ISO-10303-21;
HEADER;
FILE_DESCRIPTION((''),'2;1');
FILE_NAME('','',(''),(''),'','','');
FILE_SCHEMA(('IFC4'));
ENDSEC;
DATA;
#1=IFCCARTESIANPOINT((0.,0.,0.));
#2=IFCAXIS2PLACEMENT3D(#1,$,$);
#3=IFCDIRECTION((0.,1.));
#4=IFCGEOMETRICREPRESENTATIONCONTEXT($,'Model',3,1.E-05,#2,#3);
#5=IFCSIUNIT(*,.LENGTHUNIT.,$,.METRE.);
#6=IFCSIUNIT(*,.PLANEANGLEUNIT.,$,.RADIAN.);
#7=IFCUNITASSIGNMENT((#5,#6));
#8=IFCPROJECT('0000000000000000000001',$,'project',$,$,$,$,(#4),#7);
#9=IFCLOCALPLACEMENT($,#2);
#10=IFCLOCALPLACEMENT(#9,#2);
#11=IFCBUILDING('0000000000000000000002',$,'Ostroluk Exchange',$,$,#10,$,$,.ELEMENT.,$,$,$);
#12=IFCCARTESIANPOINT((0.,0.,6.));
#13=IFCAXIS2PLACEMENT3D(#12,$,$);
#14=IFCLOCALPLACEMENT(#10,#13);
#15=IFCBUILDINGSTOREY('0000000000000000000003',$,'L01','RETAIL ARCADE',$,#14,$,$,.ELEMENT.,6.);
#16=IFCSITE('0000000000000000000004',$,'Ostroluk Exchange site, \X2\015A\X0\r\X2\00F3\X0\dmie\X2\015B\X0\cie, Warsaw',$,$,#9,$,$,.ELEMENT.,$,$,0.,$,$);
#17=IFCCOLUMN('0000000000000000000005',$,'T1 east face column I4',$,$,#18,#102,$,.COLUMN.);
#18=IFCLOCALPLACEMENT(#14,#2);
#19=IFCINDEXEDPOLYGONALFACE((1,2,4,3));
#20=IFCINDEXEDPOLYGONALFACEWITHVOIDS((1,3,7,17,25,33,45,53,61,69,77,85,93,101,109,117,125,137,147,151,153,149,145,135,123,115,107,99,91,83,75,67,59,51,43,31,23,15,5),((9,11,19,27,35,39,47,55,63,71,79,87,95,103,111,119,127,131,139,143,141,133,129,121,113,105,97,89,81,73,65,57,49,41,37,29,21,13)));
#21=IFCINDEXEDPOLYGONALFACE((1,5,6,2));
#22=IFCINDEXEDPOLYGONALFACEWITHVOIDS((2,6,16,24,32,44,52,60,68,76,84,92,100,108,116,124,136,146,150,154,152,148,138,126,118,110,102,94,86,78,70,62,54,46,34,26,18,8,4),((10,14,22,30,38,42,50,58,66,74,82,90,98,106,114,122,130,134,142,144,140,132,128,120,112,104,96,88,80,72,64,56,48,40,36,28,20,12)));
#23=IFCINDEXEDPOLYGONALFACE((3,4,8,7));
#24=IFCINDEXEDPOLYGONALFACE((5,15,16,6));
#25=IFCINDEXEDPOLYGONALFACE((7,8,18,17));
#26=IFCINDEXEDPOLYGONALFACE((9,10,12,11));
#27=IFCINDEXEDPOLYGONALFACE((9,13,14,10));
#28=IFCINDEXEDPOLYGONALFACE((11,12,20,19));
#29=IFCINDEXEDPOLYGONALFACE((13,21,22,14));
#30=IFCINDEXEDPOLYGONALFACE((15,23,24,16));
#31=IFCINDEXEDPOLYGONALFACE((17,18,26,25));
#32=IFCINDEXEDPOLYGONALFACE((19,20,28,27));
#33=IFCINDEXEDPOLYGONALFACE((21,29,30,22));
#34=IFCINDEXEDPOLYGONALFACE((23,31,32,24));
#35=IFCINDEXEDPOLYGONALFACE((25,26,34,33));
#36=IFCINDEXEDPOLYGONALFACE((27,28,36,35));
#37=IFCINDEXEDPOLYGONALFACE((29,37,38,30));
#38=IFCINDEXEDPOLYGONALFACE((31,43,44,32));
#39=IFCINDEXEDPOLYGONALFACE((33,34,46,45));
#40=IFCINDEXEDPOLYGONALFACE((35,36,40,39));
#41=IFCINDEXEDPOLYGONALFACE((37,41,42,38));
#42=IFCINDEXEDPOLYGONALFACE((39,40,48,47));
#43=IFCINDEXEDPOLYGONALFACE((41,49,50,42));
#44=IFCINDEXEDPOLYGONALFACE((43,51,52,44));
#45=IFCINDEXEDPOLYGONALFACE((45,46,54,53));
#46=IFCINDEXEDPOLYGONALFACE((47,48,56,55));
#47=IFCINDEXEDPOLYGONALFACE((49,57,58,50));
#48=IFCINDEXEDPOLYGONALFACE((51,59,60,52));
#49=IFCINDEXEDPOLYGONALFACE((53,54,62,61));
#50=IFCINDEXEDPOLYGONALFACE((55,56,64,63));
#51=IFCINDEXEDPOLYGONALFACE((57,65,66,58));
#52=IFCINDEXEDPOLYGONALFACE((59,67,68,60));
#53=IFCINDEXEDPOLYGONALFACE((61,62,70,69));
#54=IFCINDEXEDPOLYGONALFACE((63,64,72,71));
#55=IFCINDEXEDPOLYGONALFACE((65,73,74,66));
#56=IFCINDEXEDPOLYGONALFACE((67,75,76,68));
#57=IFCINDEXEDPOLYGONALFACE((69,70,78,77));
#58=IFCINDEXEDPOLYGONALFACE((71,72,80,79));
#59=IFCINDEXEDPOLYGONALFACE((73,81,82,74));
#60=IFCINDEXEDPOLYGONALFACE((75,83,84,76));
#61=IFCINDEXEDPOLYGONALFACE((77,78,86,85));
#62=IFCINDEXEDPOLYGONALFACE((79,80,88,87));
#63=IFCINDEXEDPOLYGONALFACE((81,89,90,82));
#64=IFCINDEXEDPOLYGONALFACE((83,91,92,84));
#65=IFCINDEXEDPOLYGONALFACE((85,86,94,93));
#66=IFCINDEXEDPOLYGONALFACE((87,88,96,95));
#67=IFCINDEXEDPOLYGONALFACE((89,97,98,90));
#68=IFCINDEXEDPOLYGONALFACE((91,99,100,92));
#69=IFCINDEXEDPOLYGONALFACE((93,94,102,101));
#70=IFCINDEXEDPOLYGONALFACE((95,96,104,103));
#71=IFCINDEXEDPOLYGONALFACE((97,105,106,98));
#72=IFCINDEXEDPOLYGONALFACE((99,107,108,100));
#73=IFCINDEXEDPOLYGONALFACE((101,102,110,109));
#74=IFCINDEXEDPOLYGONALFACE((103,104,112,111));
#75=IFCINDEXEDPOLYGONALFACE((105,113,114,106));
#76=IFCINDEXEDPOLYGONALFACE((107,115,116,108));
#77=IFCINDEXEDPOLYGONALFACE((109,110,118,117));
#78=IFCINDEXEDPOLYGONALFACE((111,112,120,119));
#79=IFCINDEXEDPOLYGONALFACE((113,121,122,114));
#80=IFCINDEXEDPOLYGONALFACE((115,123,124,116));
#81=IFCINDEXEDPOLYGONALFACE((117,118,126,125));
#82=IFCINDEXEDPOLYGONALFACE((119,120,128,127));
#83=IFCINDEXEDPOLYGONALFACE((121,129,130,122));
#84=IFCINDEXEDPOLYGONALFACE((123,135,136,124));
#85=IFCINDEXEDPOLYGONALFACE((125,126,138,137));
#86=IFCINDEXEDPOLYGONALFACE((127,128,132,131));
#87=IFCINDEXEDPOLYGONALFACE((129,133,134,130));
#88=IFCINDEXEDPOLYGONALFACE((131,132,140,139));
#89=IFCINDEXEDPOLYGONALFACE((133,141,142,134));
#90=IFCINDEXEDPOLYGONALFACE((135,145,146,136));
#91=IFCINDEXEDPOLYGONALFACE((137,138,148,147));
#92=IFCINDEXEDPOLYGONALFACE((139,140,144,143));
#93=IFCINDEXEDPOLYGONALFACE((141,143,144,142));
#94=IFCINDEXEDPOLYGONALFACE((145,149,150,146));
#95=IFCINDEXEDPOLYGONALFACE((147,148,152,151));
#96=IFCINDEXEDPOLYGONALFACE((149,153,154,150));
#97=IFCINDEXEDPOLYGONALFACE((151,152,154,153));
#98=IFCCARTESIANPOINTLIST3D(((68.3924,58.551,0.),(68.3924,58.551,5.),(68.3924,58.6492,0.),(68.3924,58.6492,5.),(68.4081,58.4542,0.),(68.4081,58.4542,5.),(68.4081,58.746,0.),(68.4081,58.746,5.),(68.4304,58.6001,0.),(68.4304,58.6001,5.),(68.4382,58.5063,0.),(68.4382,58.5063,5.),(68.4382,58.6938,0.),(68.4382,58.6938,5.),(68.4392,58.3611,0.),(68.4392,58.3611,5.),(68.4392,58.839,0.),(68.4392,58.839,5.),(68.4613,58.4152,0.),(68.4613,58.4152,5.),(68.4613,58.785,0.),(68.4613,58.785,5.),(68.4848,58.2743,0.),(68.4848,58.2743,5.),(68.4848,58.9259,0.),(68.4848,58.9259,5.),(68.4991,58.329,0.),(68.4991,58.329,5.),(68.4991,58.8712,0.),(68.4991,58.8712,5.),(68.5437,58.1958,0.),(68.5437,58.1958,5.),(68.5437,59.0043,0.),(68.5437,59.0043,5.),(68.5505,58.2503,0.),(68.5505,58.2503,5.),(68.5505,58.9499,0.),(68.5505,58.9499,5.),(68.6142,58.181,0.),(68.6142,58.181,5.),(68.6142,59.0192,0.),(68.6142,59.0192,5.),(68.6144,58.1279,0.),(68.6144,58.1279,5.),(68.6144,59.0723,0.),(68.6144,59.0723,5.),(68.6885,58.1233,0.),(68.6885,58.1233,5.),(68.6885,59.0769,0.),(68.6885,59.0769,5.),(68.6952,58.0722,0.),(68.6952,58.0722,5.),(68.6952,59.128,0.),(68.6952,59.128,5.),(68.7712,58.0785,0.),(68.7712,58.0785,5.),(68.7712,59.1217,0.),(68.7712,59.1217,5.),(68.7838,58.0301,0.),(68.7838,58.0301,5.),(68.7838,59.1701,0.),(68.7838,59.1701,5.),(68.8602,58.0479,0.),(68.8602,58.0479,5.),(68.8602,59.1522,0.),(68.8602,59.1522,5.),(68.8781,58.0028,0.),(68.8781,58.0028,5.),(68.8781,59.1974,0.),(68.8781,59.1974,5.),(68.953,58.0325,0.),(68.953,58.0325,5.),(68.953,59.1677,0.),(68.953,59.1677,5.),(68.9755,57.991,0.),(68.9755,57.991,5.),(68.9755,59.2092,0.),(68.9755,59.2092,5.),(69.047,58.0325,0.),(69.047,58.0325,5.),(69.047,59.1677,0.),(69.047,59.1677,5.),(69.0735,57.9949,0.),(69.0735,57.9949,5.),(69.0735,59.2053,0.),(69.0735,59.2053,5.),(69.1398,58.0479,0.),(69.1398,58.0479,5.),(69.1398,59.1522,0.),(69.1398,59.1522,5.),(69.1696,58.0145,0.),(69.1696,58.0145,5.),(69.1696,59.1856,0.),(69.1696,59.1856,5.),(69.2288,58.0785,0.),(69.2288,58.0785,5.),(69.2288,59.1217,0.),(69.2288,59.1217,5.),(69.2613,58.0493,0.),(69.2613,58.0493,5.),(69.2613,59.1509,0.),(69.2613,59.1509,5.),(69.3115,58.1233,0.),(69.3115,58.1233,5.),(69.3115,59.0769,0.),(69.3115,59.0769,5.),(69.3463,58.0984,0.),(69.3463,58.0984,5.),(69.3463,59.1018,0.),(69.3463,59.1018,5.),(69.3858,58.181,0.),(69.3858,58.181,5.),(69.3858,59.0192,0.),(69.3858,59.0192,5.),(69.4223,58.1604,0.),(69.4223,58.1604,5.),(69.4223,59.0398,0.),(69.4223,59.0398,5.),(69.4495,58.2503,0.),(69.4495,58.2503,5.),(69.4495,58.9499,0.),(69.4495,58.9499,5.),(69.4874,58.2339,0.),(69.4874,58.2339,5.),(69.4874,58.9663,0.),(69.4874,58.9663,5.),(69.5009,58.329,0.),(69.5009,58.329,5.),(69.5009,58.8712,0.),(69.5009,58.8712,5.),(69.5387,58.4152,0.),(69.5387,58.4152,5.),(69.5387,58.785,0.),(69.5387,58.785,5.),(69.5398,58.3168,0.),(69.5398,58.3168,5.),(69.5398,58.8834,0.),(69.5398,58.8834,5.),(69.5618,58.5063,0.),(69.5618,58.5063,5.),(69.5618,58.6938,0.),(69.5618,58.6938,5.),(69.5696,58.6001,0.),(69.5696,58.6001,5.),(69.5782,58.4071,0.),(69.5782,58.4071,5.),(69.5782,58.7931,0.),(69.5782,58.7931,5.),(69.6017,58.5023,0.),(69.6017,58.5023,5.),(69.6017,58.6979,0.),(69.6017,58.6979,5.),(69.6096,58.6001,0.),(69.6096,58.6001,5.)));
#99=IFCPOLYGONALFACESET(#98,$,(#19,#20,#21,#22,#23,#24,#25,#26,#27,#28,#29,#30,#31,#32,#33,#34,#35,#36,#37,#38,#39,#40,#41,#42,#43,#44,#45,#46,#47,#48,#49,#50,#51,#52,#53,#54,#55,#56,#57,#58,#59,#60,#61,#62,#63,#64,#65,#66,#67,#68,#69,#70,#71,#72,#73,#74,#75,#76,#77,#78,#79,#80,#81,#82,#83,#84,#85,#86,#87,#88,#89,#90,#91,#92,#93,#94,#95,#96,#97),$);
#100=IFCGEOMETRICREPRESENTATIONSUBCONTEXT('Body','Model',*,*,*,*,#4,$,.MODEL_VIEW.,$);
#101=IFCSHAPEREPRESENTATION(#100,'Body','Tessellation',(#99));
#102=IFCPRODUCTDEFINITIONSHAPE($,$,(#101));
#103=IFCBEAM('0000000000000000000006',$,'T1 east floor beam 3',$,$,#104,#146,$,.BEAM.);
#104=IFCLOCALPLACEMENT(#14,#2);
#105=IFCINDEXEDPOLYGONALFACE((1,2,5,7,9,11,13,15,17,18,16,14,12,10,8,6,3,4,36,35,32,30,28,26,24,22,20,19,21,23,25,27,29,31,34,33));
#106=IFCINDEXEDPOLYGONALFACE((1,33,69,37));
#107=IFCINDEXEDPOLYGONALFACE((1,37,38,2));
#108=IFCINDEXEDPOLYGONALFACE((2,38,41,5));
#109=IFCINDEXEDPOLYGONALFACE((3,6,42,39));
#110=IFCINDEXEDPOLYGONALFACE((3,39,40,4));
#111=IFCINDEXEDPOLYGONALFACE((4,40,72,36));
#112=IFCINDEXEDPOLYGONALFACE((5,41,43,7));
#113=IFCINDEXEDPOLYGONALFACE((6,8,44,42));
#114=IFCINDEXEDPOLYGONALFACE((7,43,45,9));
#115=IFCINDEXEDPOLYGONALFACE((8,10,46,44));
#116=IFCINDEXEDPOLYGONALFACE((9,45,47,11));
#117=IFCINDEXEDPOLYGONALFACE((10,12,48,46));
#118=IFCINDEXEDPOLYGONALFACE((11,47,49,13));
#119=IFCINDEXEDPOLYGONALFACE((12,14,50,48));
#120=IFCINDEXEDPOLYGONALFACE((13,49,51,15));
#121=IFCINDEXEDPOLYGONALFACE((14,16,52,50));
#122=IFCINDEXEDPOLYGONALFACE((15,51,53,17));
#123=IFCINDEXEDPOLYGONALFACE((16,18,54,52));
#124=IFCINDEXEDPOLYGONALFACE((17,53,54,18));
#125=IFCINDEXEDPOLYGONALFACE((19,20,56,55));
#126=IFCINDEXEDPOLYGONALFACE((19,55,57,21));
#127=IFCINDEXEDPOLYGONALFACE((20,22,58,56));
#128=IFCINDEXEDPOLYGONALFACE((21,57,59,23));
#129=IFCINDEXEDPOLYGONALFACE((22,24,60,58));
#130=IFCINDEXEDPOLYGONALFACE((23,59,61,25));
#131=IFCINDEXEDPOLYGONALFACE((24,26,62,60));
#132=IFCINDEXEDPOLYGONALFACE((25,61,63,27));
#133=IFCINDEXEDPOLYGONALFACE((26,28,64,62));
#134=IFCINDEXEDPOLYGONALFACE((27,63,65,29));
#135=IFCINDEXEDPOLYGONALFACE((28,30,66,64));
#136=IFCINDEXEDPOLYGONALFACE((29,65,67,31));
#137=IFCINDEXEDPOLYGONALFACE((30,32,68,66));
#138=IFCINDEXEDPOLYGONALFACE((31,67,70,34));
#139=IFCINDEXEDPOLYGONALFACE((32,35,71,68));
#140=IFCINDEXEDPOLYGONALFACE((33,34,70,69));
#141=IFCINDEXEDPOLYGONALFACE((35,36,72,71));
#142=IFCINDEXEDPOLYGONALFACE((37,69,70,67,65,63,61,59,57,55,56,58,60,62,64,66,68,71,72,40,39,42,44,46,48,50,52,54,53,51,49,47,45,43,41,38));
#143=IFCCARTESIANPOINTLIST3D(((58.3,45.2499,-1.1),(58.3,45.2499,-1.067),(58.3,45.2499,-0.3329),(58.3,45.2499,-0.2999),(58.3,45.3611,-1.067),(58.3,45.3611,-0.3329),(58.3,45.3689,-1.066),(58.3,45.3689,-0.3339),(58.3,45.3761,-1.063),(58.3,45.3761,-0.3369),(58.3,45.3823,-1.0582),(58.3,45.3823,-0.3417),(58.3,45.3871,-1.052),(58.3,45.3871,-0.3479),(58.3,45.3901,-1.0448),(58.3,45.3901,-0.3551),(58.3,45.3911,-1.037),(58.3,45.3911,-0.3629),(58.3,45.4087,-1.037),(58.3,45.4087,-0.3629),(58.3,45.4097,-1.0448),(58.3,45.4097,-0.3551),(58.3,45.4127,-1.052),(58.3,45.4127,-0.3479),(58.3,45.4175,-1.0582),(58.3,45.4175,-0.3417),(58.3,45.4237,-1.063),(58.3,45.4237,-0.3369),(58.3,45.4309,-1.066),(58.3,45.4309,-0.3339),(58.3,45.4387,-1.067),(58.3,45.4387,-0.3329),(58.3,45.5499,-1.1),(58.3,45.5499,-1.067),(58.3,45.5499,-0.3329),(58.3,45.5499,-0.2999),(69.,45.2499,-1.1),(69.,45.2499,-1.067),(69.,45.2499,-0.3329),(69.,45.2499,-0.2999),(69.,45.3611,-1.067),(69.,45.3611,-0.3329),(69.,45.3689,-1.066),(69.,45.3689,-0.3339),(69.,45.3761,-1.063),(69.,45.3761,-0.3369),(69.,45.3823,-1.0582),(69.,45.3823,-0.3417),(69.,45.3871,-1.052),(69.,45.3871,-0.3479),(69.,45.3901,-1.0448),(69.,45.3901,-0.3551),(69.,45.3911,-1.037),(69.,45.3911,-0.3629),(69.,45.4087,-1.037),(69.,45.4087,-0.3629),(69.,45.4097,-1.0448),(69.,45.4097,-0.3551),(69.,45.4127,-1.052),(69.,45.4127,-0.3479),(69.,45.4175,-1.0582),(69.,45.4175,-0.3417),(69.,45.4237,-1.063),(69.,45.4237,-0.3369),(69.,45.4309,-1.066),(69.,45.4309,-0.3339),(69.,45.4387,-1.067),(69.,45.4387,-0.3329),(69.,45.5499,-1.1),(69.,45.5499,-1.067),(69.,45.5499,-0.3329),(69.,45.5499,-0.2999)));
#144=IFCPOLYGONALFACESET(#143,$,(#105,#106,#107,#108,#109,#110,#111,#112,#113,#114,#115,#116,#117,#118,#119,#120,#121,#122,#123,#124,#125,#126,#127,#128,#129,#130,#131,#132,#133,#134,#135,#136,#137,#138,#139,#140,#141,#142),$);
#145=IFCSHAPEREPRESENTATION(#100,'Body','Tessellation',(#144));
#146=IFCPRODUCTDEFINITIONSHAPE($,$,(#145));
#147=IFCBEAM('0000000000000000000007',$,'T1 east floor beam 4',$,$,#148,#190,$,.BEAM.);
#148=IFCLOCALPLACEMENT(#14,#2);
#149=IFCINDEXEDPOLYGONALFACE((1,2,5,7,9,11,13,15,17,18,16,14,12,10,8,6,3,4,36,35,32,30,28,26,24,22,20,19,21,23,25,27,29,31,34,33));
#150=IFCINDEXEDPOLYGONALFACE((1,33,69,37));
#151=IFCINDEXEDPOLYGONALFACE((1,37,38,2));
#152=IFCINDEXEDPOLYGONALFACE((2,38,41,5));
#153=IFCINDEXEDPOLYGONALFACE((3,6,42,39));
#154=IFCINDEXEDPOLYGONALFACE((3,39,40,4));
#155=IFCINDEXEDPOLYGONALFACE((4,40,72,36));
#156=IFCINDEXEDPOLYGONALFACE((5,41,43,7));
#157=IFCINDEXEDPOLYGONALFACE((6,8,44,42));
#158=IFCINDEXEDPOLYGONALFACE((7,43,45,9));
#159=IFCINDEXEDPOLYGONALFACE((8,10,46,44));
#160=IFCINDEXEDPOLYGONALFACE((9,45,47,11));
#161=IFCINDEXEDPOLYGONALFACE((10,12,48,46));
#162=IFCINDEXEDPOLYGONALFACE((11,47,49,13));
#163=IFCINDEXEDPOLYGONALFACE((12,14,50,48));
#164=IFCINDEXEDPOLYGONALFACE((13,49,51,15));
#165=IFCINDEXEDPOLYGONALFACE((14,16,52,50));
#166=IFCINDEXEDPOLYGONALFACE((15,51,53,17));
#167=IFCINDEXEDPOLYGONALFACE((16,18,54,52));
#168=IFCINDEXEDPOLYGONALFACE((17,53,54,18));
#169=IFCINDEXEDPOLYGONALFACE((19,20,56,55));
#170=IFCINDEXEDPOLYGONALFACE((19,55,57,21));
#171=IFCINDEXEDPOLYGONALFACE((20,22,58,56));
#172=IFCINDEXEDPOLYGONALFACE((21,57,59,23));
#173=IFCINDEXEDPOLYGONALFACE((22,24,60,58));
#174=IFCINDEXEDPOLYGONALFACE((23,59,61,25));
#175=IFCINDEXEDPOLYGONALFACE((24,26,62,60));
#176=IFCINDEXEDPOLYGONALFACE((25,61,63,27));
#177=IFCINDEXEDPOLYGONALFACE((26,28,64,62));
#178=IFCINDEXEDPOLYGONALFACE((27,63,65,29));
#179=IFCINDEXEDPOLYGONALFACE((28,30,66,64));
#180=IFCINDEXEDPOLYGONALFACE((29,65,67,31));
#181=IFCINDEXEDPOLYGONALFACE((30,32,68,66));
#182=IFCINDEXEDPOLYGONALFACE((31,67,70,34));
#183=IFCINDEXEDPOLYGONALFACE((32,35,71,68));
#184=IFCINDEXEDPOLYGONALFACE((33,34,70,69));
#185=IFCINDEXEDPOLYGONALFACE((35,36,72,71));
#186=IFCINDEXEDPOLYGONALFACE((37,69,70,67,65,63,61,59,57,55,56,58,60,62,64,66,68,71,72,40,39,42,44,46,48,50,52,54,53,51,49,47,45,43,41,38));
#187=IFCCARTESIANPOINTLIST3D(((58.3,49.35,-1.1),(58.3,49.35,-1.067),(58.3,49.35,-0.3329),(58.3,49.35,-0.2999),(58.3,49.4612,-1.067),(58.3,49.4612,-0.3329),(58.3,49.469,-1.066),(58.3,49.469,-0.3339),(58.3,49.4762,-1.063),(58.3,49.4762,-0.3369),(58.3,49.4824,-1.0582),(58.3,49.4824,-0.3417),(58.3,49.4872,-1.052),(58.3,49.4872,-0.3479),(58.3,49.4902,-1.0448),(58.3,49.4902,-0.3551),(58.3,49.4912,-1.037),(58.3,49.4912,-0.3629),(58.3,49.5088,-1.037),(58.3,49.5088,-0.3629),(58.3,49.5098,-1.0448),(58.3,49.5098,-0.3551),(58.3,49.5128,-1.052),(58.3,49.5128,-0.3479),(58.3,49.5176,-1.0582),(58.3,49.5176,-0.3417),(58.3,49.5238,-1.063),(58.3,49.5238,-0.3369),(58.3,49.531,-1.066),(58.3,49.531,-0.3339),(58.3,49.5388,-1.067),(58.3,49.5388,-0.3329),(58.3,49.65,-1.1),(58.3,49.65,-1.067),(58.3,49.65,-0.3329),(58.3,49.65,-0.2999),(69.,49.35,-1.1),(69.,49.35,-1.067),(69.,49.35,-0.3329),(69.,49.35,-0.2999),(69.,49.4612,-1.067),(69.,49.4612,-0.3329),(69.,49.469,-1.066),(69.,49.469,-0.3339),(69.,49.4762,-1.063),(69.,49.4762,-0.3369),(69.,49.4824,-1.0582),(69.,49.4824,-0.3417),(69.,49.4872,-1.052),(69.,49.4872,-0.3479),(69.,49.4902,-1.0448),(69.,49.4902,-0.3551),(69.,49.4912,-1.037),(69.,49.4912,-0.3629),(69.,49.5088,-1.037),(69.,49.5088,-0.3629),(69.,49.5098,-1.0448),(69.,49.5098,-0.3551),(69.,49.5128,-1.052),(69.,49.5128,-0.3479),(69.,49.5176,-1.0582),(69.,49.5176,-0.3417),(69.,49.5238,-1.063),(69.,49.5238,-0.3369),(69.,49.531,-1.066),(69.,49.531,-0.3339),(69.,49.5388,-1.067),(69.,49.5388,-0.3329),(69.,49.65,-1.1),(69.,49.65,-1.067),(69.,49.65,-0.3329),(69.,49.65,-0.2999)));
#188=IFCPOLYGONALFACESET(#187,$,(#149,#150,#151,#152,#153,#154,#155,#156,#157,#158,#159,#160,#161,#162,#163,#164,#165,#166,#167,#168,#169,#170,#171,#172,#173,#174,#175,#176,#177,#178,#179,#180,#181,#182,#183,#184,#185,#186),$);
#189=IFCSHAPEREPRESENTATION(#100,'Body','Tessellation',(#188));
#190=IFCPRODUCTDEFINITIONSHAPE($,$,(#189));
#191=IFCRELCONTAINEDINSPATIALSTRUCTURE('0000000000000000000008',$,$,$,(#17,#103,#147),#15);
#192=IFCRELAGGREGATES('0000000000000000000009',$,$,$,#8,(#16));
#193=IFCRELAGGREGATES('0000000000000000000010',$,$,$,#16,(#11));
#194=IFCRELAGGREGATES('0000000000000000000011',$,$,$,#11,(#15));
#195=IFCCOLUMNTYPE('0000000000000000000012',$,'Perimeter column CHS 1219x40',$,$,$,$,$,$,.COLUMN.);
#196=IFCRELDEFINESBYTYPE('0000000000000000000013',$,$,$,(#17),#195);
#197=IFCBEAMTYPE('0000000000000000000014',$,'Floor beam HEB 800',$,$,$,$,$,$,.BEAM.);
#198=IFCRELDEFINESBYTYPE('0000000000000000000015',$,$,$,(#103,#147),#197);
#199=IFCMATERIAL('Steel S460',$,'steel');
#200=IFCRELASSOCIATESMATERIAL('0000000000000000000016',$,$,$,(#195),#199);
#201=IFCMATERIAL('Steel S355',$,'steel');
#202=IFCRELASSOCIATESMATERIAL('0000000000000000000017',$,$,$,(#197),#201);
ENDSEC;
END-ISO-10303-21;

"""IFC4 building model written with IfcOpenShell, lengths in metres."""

from ifc_helpers import new_model, si_unit, direction, frame, origin, origin_2d, place, context, subcontext, project, spatial, hollow_circle, i_section, extrude, material, material_profile, profile_set, type_object, element, save


model = new_model("IFC4")

# Units and contexts
model_context = context("Model", 3, precision=1e-05, world=origin(), true_north=direction((0.0, 1.0)))
body_context = subcontext(model_context, "Body", "Model", "MODEL_VIEW")
ifc_project = project(units=[si_unit("LENGTHUNIT", "METRE"), si_unit("PLANEANGLEUNIT", "RADIAN")], contexts=[model_context])

# Site, building, storey
site_placement = place(None, origin())
site = spatial("IfcSite", under=ifc_project, at=site_placement, Name="Ostroluk Exchange site, Śródmieście, Warsaw", CompositionType="ELEMENT", RefElevation=0.0)
building_placement = place(site_placement, origin())
building = spatial("IfcBuilding", under=site, at=building_placement, Name="Ostroluk Exchange", CompositionType="ELEMENT")
storey_placement = place(building_placement, frame((0.0, 0.0, 6.0)))
storey = spatial("IfcBuildingStorey", under=building, at=storey_placement, Name="L01", Description="RETAIL ARCADE", CompositionType="ELEMENT", Elevation=6.0)

# Column
ifc_material_1 = material(Name="Steel S460", Category="steel")
ifc_material_profile_1 = material_profile(ifc_material_1, hollow_circle(Radius=0.6096, WallThickness=0.04, at=origin_2d()), Name="CHS 1219x40")
ifc_profile_set_1 = profile_set([ifc_material_profile_1], Name="Steel S460")
column_type = type_object("IfcColumnType", Name="Perimeter column CHS 1219x40", PredefinedType="COLUMN", material=ifc_profile_set_1)
for number, where, z_axis, x_axis, name in (
    (1, (69.0, 58.6001, 0.0), (0.0, 0.0, 1.0), (1.0, 0.0, 0.0), "T1 east face column I4"),
):
    element("IfcColumn", number, at=place(storey_placement, frame(where, z_axis=z_axis, x_axis=x_axis)), inside=storey, type_object=column_type, Name=name, PredefinedType="COLUMN", context=body_context, shape_type="SweptSolid", body=[
        extrude(hollow_circle(Radius=0.6096, WallThickness=0.04, at=origin_2d()), origin(), (0.0, 0.0, 1.0), 5.0),
    ])

# Beams
ifc_material_2 = material(Name="Steel S355", Category="steel")
ifc_material_profile_2 = material_profile(ifc_material_2, i_section(OverallWidth=0.3, OverallDepth=0.8, WebThickness=0.0176, FlangeThickness=0.033, FilletRadius=0.03, at=origin_2d()), Name="HEB 800")
ifc_profile_set_2 = profile_set([ifc_material_profile_2], Name="Steel S355")
beam_type_1 = type_object("IfcBeamType", Name="Floor beam HEB 800", PredefinedType="BEAM", material=ifc_profile_set_2)
for number, where, z_axis, x_axis, name in (
    (2, (58.3, 45.3999, -0.7), (1.0, 0.0, 0.0), (0.0, 1.0, 0.0), "T1 east floor beam 3"),
    (3, (58.3, 49.5, -0.7), (1.0, 0.0, 0.0), (0.0, 1.0, 0.0), "T1 east floor beam 4"),
):
    element("IfcBeam", number, at=place(storey_placement, frame(where, z_axis=z_axis, x_axis=x_axis)), inside=storey, type_object=beam_type_1, Name=name, PredefinedType="BEAM", context=body_context, shape_type="SweptSolid", body=[
        extrude(i_section(OverallWidth=0.3, OverallDepth=0.8, WebThickness=0.0176, FlangeThickness=0.033, FilletRadius=0.03, at=origin_2d()), origin(), (0.0, 0.0, 1.0), 10.7),
    ])

save(model, "model.ifc")
